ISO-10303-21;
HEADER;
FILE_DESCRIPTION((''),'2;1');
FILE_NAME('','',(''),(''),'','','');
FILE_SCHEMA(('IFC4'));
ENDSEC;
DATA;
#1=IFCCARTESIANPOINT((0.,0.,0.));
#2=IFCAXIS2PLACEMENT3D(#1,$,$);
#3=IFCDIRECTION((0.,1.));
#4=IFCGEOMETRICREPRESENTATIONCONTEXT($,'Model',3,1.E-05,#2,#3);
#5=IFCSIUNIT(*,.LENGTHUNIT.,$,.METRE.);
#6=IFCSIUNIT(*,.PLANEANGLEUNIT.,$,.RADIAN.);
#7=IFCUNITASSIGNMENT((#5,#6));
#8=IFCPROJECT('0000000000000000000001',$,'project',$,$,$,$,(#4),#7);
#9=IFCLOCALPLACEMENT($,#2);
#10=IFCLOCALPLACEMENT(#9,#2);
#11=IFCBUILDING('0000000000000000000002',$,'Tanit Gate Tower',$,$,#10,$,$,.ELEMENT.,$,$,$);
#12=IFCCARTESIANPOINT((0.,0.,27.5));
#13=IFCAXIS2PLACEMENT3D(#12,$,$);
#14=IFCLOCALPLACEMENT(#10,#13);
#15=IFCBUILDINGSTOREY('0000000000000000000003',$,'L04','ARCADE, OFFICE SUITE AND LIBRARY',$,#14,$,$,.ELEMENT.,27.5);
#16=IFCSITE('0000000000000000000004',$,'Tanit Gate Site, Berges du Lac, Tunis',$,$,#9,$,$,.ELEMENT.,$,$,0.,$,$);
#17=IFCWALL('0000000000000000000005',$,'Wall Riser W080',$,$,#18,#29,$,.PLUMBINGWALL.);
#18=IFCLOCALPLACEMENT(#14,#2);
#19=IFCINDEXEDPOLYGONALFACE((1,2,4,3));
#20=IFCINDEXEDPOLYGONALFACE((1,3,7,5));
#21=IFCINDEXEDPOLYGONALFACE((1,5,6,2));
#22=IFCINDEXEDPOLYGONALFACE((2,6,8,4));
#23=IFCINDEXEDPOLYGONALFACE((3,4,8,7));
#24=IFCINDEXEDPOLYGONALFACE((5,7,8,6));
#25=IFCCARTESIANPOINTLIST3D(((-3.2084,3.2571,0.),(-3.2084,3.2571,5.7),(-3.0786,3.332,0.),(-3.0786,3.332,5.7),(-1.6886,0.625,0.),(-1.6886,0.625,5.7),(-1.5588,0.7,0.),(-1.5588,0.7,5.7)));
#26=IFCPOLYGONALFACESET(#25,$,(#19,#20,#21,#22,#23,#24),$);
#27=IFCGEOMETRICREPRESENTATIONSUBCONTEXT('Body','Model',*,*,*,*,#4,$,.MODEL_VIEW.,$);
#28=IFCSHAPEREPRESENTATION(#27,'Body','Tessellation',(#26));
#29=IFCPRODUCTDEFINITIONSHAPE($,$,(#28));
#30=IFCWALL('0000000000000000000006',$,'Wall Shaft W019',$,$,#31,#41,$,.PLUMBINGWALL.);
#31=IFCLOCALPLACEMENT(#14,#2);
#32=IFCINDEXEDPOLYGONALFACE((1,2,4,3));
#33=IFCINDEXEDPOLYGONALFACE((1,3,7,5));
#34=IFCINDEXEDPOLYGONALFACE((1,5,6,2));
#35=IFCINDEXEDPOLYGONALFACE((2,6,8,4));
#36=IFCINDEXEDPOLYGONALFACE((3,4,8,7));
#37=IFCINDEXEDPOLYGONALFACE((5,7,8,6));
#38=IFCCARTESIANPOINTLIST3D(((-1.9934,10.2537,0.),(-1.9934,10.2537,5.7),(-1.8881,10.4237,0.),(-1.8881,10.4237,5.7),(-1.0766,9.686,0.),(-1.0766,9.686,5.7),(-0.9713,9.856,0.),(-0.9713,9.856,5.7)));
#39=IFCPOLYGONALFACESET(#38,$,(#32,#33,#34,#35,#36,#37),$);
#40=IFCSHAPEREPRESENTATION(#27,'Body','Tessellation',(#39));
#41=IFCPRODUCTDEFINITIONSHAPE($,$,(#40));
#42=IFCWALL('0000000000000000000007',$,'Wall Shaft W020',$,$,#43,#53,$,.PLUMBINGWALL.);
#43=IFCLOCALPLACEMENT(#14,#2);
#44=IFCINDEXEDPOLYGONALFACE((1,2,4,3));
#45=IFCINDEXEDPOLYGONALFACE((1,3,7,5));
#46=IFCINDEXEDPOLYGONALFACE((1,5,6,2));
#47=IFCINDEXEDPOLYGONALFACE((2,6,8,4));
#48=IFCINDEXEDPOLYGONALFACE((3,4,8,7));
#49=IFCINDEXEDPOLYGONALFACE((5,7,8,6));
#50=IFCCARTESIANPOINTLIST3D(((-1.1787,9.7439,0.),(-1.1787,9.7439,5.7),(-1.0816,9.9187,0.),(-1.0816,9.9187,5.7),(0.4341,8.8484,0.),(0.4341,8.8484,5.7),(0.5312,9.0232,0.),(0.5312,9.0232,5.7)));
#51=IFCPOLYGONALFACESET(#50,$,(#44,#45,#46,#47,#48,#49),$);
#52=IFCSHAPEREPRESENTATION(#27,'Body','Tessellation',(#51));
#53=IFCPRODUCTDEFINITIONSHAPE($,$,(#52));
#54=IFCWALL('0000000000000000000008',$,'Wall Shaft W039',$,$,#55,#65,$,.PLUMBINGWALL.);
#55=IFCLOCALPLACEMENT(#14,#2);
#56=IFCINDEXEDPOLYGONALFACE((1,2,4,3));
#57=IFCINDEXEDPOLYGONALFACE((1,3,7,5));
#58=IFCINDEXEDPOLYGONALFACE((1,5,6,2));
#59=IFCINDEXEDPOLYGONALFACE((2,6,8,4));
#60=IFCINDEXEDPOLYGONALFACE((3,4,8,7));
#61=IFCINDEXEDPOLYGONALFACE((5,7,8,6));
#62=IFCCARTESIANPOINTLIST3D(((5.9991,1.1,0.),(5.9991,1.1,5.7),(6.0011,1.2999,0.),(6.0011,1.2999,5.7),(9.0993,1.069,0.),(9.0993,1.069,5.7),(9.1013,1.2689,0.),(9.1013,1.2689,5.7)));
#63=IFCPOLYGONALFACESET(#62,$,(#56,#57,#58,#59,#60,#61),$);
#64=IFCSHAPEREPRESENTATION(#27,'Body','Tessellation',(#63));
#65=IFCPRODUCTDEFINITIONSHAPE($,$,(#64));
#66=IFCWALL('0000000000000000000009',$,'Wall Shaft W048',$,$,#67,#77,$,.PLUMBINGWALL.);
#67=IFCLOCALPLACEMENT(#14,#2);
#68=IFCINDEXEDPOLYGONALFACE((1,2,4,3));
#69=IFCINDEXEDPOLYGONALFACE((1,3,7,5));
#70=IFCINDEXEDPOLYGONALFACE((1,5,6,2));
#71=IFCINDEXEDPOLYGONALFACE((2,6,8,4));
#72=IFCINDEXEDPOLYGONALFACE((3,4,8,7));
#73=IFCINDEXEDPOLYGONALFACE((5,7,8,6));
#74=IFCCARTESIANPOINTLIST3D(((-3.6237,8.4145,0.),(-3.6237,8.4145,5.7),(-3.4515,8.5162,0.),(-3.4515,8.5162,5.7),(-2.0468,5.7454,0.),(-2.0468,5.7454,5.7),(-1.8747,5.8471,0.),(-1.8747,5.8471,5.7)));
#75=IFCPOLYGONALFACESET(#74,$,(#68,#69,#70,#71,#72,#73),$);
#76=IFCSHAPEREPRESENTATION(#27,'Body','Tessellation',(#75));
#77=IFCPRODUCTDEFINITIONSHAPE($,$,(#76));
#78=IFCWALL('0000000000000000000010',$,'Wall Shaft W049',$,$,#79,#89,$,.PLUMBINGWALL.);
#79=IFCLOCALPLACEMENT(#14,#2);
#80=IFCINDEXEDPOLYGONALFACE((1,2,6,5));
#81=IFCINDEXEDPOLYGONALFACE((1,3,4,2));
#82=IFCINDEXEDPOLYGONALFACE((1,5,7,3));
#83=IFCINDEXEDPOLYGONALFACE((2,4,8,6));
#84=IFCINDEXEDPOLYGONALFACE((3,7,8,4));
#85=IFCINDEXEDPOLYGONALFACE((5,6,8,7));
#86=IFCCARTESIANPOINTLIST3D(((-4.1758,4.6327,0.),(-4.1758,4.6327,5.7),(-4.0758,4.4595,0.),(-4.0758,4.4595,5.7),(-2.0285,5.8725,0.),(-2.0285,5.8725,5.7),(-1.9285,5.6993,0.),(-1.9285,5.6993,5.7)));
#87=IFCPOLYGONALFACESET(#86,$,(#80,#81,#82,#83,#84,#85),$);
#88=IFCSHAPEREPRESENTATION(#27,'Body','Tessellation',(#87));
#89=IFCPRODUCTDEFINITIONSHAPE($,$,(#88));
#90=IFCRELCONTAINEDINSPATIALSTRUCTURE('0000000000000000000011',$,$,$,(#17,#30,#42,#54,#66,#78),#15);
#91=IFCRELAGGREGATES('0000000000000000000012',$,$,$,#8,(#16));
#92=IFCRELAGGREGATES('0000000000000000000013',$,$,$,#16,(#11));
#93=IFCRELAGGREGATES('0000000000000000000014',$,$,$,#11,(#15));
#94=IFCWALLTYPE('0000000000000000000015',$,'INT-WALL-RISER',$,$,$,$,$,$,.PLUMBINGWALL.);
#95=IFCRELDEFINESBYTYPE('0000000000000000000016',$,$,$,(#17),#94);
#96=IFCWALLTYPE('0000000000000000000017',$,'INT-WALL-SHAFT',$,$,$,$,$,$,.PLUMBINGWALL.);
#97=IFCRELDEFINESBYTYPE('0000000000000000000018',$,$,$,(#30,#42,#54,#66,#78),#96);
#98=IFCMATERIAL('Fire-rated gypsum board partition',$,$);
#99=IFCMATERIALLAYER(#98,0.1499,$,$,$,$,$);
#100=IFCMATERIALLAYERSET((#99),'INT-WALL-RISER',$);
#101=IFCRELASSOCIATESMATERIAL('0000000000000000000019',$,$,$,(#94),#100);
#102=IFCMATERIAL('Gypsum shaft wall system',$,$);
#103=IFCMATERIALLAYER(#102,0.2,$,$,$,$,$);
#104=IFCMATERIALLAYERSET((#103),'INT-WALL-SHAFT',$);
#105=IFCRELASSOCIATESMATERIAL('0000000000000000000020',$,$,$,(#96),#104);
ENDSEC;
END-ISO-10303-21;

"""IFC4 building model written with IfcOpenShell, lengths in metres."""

from ifc_helpers import new_model, si_unit, direction, frame, frame_2d, origin, place, context, subcontext, project, spatial, rectangle, extrude, material, layer, layer_set, type_object, element, save


model = new_model("IFC4")

# Units and contexts
model_context = context("Model", 3, precision=1e-05, world=origin(), true_north=direction((0.0, 1.0)))
body_context = subcontext(model_context, "Body", "Model", "MODEL_VIEW")
ifc_project = project(units=[si_unit("LENGTHUNIT", "METRE"), si_unit("PLANEANGLEUNIT", "RADIAN")], contexts=[model_context])

# Site, building, storey
site_placement = place(None, origin())
site = spatial("IfcSite", under=ifc_project, at=site_placement, Name="Tanit Gate Site, Berges du Lac, Tunis", CompositionType="ELEMENT", RefElevation=0.0)
building_placement = place(site_placement, origin())
building = spatial("IfcBuilding", under=site, at=building_placement, Name="Tanit Gate Tower", CompositionType="ELEMENT")
storey_placement = place(building_placement, frame((0.0, 0.0, 27.5)))
storey = spatial("IfcBuildingStorey", under=building, at=storey_placement, Name="L04", Description="ARCADE, OFFICE SUITE AND LIBRARY", CompositionType="ELEMENT", Elevation=27.5)

# Shared definitions
ifc_material_1 = material(Name="Fire-rated gypsum board partition")
ifc_layer_1 = layer(ifc_material_1, 0.1499)
ifc_layer_set_1 = layer_set([ifc_layer_1], Name="INT-WALL-RISER")
wall_type_1 = type_object("IfcWallType", Name="INT-WALL-RISER", PredefinedType="PLUMBINGWALL", material=ifc_layer_set_1)

# Walls
wall_1_placement = place(storey_placement, frame((-1.6238, 0.6626, 0.0), z_axis=(0.0, 0.0, 1.0), x_axis=(-0.500035, 0.866005, 0.0)))
element("IfcWall", 1, at=wall_1_placement, inside=storey, type_object=wall_type_1, Name="Wall Riser W080", PredefinedType="PLUMBINGWALL", context=body_context, shape_type="SweptSolid", body=[
    extrude(rectangle(XDim=3.0393, YDim=0.1499, at=frame_2d((1.5195, 0.0))), origin(), (0.0, 0.0, 1.0), 5.7),
])
ifc_material_2 = material(Name="Gypsum shaft wall system")
ifc_layer_2 = layer(ifc_material_2, 0.2)
ifc_layer_set_2 = layer_set([ifc_layer_2], Name="INT-WALL-SHAFT")
wall_type_2 = type_object("IfcWallType", Name="INT-WALL-SHAFT", PredefinedType="PLUMBINGWALL", material=ifc_layer_set_2)
wall_2_placement = place(storey_placement, frame((-1.9407, 10.3386, 0.0), z_axis=(0.0, 0.0, 1.0), x_axis=(0.850217, -0.526433, 0.0)))
element("IfcWall", 2, at=wall_2_placement, inside=storey, type_object=wall_type_2, Name="Wall Shaft W019", PredefinedType="PLUMBINGWALL", context=body_context, shape_type="SweptSolid", body=[
    extrude(rectangle(XDim=1.0784, YDim=0.2, at=frame_2d((0.5391, 0.0))), origin(), (0.0, 0.0, 1.0), 5.7),
])
wall_3_placement = place(storey_placement, frame((0.4827, 8.9358, 0.0), z_axis=(0.0, 0.0, 1.0), x_axis=(-0.87427, 0.485441, 0.0)))
element("IfcWall", 3, at=wall_3_placement, inside=storey, type_object=wall_type_2, Name="Wall Shaft W020", PredefinedType="PLUMBINGWALL", context=body_context, shape_type="SweptSolid", body=[
    extrude(rectangle(XDim=1.8447, YDim=0.2, at=frame_2d((0.9224, 0.0))), origin(), (0.0, 0.0, 1.0), 5.7),
])
wall_4_placement = place(storey_placement, frame((6.0, 1.2, 0.0), z_axis=(0.0, 0.0, 1.0), x_axis=(0.99995, -0.010001, 0.0)))
element("IfcWall", 4, at=wall_4_placement, inside=storey, type_object=wall_type_2, Name="Wall Shaft W039", PredefinedType="PLUMBINGWALL", context=body_context, shape_type="SweptSolid", body=[
    extrude(rectangle(XDim=3.1003, YDim=0.2, at=frame_2d((1.5503, 0.0))), origin(), (0.0, 0.0, 1.0), 5.7),
])
wall_5_placement = place(storey_placement, frame((-3.5376, 8.4653, 0.0), z_axis=(0.0, 0.0, 1.0), x_axis=(0.508647, -0.860975, 0.0)))
element("IfcWall", 5, at=wall_5_placement, inside=storey, type_object=wall_type_2, Name="Wall Shaft W048", PredefinedType="PLUMBINGWALL", context=body_context, shape_type="SweptSolid", body=[
    extrude(rectangle(XDim=3.1001, YDim=0.2, at=frame_2d((1.55, 0.0))), origin(), (0.0, 0.0, 1.0), 5.7),
])
wall_6_placement = place(storey_placement, frame((-1.9785, 5.7859, 0.0), z_axis=(0.0, 0.0, 1.0), x_axis=(-0.866017, -0.500015, 0.0)))
element("IfcWall", 6, at=wall_6_placement, inside=storey, type_object=wall_type_2, Name="Wall Shaft W049", PredefinedType="PLUMBINGWALL", context=body_context, shape_type="SweptSolid", body=[
    extrude(rectangle(XDim=2.4795, YDim=0.2, at=frame_2d((1.2397, 0.0))), origin(), (0.0, 0.0, 1.0), 5.7),
])

save(model, "model.ifc")
